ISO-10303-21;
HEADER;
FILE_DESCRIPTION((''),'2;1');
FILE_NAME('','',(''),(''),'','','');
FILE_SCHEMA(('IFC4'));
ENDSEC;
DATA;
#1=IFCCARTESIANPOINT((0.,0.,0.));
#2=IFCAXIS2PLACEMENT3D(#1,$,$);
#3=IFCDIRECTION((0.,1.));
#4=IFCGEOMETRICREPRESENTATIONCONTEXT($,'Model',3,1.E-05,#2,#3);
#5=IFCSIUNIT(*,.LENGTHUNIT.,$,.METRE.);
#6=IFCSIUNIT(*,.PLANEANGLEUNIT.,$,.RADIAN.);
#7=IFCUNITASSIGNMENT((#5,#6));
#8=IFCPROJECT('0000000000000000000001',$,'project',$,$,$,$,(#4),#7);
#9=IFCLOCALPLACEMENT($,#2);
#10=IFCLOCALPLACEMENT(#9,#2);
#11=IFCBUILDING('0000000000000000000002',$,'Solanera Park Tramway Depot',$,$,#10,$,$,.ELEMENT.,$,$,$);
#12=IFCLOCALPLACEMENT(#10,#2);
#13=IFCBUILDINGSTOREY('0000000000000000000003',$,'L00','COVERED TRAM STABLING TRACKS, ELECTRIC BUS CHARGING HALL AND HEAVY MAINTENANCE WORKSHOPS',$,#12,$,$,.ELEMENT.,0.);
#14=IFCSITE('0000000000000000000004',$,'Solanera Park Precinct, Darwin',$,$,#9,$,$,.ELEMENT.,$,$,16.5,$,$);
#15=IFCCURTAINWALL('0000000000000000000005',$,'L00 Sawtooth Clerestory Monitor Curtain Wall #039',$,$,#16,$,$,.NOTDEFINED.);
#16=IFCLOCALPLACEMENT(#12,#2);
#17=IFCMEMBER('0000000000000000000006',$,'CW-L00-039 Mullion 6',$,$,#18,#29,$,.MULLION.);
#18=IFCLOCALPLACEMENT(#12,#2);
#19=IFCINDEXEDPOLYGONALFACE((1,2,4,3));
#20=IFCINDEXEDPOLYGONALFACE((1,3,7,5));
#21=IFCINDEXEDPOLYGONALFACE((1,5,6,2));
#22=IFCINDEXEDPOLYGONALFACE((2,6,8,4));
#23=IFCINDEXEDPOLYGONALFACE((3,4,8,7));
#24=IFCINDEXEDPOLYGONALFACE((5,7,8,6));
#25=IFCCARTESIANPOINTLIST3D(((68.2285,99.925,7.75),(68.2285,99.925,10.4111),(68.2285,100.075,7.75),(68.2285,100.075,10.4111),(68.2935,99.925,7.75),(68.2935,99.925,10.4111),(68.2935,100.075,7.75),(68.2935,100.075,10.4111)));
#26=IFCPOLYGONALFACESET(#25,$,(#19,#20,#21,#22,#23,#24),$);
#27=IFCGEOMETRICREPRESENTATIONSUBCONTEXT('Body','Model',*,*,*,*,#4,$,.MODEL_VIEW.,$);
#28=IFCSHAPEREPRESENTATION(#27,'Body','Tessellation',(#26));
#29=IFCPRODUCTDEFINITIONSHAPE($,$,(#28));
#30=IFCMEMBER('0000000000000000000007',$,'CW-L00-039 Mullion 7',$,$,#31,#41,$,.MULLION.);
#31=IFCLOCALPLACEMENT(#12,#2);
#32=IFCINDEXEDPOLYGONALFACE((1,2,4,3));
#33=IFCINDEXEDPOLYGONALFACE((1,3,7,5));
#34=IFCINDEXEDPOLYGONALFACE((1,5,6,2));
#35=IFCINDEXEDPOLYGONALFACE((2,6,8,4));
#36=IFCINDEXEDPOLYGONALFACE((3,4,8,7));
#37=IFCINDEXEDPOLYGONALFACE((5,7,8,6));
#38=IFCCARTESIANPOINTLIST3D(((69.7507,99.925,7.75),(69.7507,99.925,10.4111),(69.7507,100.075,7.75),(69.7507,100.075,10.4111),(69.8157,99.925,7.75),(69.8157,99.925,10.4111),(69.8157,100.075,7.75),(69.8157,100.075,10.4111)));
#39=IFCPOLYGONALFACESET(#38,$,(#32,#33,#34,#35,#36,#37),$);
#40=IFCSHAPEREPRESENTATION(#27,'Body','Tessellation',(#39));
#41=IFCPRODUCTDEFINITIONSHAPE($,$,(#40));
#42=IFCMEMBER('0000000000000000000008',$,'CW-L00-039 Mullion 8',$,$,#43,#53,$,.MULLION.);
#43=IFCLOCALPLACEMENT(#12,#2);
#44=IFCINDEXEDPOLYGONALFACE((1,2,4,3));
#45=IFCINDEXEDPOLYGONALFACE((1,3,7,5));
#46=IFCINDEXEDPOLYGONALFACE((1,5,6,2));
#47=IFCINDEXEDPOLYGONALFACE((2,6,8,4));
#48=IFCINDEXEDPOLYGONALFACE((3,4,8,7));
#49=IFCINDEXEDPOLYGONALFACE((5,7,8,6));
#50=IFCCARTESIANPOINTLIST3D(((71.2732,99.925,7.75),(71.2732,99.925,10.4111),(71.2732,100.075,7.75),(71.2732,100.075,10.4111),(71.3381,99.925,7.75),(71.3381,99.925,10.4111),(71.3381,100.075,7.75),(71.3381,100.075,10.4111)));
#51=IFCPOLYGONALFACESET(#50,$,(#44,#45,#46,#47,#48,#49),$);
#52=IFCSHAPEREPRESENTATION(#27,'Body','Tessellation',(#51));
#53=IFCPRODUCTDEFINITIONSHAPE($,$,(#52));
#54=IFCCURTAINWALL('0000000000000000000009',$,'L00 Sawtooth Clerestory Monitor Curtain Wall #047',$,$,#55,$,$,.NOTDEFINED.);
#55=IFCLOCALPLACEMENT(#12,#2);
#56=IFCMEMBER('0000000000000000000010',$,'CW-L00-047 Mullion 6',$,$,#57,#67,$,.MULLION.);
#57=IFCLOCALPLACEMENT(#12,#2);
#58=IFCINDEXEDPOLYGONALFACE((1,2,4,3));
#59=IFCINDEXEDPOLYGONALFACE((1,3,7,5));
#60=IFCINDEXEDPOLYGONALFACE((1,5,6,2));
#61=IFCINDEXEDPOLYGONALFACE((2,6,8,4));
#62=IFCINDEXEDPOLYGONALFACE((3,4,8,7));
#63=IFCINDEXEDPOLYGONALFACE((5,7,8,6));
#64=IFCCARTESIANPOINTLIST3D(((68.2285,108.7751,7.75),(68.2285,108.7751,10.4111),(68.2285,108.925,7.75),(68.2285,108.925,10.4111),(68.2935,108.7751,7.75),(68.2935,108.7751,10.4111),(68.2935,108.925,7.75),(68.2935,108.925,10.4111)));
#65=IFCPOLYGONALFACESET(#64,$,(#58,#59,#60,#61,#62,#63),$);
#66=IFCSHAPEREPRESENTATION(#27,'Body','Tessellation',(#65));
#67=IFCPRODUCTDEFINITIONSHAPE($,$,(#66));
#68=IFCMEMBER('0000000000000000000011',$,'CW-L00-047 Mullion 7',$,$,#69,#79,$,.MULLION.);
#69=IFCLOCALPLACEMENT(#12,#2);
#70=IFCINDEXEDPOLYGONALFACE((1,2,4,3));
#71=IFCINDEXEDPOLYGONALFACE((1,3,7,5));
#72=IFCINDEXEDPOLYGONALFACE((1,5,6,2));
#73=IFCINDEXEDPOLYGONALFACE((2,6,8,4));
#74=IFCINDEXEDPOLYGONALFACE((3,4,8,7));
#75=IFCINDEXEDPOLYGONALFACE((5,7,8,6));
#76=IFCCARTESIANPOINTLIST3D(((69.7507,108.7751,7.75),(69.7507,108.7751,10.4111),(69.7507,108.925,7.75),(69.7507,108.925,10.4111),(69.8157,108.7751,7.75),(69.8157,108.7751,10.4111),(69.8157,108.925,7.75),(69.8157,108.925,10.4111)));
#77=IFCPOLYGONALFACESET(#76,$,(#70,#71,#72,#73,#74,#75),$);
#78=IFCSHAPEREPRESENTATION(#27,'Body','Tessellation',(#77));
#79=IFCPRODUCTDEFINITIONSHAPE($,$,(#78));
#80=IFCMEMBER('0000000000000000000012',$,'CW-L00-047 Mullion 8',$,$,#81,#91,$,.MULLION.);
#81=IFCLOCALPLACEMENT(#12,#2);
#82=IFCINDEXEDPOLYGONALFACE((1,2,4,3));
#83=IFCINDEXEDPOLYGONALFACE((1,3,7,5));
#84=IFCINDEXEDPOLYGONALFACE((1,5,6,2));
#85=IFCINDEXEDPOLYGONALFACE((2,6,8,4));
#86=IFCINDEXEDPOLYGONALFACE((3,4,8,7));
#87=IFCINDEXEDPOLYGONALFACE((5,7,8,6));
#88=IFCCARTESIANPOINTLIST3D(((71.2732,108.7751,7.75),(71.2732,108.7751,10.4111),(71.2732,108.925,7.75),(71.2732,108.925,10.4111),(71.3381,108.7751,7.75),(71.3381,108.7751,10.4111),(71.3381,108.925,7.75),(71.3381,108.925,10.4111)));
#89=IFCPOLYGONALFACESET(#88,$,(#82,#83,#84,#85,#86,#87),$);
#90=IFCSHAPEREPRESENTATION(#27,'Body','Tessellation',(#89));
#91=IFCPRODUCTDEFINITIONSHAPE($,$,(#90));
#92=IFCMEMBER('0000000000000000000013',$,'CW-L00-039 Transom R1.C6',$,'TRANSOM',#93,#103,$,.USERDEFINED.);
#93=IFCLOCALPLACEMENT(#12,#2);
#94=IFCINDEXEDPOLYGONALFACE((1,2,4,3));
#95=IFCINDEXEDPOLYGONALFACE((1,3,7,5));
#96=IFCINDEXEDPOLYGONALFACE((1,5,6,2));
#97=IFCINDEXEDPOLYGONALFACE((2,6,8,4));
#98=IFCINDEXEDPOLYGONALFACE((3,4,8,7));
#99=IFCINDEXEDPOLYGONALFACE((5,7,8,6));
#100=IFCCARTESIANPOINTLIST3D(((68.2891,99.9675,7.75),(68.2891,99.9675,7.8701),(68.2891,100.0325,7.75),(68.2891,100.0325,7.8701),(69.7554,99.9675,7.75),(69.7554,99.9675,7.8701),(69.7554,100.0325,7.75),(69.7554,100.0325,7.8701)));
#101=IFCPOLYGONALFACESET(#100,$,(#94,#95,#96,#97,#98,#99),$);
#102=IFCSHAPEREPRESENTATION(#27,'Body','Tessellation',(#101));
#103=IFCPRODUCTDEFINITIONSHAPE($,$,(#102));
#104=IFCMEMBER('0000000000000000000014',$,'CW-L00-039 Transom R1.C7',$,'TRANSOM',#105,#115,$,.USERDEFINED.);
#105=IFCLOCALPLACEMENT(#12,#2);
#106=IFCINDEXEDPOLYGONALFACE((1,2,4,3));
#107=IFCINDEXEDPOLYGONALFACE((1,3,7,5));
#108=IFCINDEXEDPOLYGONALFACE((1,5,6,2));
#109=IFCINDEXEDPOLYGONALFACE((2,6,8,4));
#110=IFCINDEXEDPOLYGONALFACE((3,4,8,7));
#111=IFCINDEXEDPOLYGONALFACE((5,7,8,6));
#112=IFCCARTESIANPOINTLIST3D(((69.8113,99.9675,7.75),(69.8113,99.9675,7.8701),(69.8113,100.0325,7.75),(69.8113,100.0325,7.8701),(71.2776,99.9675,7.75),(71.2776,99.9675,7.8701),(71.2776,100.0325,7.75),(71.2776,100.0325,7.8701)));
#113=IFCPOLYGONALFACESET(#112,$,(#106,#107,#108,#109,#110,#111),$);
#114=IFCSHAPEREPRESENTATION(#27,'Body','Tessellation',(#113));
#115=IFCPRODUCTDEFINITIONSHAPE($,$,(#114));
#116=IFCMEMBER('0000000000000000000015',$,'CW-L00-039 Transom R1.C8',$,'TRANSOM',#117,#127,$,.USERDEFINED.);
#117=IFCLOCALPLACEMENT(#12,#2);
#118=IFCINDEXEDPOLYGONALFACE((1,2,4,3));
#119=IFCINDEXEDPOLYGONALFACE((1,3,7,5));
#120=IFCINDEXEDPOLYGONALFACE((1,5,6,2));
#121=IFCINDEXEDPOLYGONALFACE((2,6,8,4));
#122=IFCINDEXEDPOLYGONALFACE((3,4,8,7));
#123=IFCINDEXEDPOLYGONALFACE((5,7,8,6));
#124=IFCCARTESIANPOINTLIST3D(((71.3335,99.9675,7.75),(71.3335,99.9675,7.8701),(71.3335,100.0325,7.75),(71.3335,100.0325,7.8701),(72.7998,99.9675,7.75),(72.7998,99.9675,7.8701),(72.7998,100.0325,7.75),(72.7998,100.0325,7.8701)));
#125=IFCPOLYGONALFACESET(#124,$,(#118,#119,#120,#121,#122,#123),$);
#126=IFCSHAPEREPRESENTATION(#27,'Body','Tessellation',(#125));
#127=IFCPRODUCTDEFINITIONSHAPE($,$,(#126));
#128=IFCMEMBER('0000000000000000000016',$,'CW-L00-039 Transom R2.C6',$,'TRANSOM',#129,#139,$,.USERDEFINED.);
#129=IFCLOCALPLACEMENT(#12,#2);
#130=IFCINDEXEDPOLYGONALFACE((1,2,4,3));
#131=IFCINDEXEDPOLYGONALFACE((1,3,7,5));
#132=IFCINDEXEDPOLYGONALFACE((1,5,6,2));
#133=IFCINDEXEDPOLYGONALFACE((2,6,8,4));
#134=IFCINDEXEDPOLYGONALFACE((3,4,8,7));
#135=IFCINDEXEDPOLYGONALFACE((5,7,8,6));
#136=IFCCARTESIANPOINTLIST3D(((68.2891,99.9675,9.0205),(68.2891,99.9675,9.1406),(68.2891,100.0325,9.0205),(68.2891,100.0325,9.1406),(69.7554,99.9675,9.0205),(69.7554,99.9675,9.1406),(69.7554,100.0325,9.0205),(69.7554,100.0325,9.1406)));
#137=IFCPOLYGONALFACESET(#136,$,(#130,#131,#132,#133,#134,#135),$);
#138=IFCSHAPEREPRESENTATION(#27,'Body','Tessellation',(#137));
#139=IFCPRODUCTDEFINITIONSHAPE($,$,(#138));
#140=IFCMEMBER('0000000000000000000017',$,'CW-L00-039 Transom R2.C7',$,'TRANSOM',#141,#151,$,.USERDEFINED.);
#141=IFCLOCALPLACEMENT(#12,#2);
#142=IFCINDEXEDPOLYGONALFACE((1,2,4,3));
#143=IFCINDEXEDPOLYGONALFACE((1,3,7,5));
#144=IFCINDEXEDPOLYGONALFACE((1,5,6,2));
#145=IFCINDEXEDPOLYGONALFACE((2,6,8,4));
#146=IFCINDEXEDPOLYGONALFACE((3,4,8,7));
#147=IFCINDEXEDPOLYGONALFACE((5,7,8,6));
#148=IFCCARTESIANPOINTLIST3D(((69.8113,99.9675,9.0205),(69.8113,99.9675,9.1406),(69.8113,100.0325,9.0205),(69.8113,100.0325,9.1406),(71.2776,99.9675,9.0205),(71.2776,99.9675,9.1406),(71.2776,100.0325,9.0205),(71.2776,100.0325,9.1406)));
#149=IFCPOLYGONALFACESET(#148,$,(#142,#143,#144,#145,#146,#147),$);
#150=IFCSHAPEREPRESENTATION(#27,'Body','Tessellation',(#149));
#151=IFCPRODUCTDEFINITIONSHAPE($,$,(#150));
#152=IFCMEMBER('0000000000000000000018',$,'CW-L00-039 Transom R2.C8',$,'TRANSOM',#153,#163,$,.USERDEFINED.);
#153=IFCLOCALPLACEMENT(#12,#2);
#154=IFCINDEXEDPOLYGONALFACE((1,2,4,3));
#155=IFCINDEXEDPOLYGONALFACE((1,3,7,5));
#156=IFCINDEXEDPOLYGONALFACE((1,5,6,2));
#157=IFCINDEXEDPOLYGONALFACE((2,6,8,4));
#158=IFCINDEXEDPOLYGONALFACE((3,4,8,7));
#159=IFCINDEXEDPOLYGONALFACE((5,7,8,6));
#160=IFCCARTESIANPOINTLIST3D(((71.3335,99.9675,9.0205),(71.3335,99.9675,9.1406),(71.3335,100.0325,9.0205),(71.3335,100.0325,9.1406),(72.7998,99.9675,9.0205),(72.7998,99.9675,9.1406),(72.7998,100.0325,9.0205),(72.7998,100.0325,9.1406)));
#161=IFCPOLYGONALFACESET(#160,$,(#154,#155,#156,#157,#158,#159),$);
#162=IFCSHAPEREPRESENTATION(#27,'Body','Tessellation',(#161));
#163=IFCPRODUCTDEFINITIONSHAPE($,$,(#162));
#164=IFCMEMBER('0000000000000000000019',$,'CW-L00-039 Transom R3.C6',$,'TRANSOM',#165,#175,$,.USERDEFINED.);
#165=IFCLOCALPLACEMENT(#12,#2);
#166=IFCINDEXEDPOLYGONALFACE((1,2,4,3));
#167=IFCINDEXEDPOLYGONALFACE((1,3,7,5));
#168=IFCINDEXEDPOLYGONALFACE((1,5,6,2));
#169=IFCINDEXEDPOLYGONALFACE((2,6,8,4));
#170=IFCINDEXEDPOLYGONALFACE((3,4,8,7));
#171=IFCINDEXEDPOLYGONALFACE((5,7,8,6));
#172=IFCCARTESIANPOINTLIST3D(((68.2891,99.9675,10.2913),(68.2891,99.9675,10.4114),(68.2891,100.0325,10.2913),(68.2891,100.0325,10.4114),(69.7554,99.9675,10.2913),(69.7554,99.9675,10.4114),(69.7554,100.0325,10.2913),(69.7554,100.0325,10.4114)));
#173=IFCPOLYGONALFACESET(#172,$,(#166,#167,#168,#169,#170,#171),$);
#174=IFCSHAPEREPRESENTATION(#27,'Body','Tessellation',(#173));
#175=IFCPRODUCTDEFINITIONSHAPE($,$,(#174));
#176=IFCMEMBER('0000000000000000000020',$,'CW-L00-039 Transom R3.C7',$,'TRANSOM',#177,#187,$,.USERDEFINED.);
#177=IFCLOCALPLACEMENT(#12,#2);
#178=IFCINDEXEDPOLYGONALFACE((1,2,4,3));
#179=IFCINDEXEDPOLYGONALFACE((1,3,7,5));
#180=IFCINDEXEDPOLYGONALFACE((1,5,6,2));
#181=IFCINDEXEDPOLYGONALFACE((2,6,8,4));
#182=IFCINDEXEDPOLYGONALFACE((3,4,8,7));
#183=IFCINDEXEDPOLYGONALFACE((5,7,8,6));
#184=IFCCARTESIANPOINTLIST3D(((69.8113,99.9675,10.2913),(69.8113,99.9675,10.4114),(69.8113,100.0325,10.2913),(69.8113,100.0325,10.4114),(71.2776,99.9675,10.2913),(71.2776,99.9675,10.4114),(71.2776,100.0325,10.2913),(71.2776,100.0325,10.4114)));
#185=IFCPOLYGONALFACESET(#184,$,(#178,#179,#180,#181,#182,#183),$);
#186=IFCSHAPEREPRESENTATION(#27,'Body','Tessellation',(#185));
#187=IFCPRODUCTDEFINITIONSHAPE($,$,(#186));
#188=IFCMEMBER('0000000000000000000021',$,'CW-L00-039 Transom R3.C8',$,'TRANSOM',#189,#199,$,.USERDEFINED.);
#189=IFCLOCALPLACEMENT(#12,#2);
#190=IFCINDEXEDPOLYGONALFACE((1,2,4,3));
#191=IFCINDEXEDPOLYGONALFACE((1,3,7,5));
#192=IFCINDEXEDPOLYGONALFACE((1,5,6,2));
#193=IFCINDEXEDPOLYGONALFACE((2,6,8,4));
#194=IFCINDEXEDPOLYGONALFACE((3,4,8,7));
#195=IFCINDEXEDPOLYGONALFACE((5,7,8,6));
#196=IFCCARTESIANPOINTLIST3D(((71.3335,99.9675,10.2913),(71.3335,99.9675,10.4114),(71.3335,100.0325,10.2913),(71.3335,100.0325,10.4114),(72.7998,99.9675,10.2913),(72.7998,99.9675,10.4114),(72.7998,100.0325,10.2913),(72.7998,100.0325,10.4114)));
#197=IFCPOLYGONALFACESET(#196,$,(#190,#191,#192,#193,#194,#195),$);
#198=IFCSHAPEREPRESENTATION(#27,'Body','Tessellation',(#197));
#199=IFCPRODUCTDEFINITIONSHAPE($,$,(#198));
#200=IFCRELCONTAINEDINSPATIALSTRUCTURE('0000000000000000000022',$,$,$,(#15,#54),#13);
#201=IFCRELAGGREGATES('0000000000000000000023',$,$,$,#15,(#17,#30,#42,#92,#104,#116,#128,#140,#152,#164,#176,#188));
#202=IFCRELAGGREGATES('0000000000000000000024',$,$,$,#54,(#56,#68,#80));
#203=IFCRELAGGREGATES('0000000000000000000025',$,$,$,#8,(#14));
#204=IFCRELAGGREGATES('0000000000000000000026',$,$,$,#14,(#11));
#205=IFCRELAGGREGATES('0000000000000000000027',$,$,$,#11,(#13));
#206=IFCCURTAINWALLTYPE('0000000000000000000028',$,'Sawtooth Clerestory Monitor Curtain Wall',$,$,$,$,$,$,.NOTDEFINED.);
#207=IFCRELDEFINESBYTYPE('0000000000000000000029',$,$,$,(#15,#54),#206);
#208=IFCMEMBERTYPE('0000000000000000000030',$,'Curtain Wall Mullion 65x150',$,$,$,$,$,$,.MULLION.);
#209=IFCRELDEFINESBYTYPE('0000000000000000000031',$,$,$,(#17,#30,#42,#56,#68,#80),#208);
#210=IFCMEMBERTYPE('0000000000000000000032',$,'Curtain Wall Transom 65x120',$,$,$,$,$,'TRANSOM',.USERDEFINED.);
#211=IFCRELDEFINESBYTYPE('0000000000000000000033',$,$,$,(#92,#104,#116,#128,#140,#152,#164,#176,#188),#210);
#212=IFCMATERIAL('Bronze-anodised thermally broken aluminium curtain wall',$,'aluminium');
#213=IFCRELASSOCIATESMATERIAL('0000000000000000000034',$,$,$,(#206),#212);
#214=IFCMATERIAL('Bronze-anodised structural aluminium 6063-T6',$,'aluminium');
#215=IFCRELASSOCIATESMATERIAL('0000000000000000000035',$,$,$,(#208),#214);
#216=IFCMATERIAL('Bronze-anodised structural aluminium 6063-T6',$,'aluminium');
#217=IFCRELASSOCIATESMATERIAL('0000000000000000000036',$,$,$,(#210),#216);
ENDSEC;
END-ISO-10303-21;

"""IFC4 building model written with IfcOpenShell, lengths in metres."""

from ifc_helpers import new_model, si_unit, direction, frame, origin, origin_2d, place, context, subcontext, project, spatial, rectangle, extrude, material, material_profile, profile_set, type_object, element, aggregate, save


model = new_model("IFC4")

# Units and contexts
model_context = context("Model", 3, precision=1e-05, world=origin(), true_north=direction((0.0, 1.0)))
body_context = subcontext(model_context, "Body", "Model", "MODEL_VIEW")
ifc_project = project(units=[si_unit("LENGTHUNIT", "METRE"), si_unit("PLANEANGLEUNIT", "RADIAN")], contexts=[model_context])

# Site, building, storey
site_placement = place(None, origin())
site = spatial("IfcSite", under=ifc_project, at=site_placement, Name="Solanera Park Precinct, Darwin", CompositionType="ELEMENT", RefElevation=16.5)
building_placement = place(site_placement, origin())
building = spatial("IfcBuilding", under=site, at=building_placement, Name="Solanera Park Tramway Depot", CompositionType="ELEMENT")
storey_placement = place(building_placement, origin())
storey = spatial("IfcBuildingStorey", under=building, at=storey_placement, Name="L00", Description="COVERED TRAM STABLING TRACKS, ELECTRIC BUS CHARGING HALL AND HEAVY MAINTENANCE WORKSHOPS", CompositionType="ELEMENT", Elevation=0.0)

# Curtain walls, members
ifc_material_1 = material(Name="Bronze-anodised thermally broken aluminium curtain wall", Category="aluminium")
curtain_wall_type = type_object("IfcCurtainWallType", Name="Sawtooth Clerestory Monitor Curtain Wall", PredefinedType="NOTDEFINED", material=ifc_material_1)
curtain_wall_1_placement = place(storey_placement, origin())
curtain_wall_1 = element("IfcCurtainWall", 1, at=curtain_wall_1_placement, inside=storey, type_object=curtain_wall_type, Name="L00 Sawtooth Clerestory Monitor Curtain Wall #039", PredefinedType="NOTDEFINED")
ifc_material_2 = material(Name="Bronze-anodised structural aluminium 6063-T6", Category="aluminium")
ifc_material_profile_1 = material_profile(ifc_material_2, rectangle(XDim=0.0649, YDim=0.1499, at=origin_2d()), Name="Curtain Wall Mullion 65x150")
ifc_profile_set_1 = profile_set([ifc_material_profile_1], Name="Bronze-anodised structural aluminium 6063-T6")
member_type_1 = type_object("IfcMemberType", Name="Curtain Wall Mullion 65x150", PredefinedType="MULLION", material=ifc_profile_set_1)
member_1_placement = place(storey_placement, frame((68.261, 100.0, 7.75), z_axis=(0.0, 0.0, 1.0), x_axis=(1.0, 0.0, 0.0)))
member_1 = element("IfcMember", 2, at=member_1_placement, type_object=member_type_1, Name="CW-L00-039 Mullion 6", PredefinedType="MULLION", context=body_context, shape_type="SweptSolid", body=[
    extrude(rectangle(XDim=0.0649, YDim=0.1499, at=origin_2d()), origin(), (0.0, 0.0, 1.0), 2.6611),
])
member_2_placement = place(storey_placement, frame((69.7832, 100.0, 7.75), z_axis=(0.0, 0.0, 1.0), x_axis=(1.0, 0.0, 0.0)))
member_2 = element("IfcMember", 3, at=member_2_placement, type_object=member_type_1, Name="CW-L00-039 Mullion 7", PredefinedType="MULLION", context=body_context, shape_type="SweptSolid", body=[
    extrude(rectangle(XDim=0.0649, YDim=0.1499, at=origin_2d()), origin(), (0.0, 0.0, 1.0), 2.6611),
])
member_3_placement = place(storey_placement, frame((71.3057, 100.0, 7.75), z_axis=(0.0, 0.0, 1.0), x_axis=(1.0, 0.0, 0.0)))
member_3 = element("IfcMember", 4, at=member_3_placement, type_object=member_type_1, Name="CW-L00-039 Mullion 8", PredefinedType="MULLION", context=body_context, shape_type="SweptSolid", body=[
    extrude(rectangle(XDim=0.0649, YDim=0.1499, at=origin_2d()), origin(), (0.0, 0.0, 1.0), 2.6611),
])
curtain_wall_2_placement = place(storey_placement, origin())
curtain_wall_2 = element("IfcCurtainWall", 5, at=curtain_wall_2_placement, inside=storey, type_object=curtain_wall_type, Name="L00 Sawtooth Clerestory Monitor Curtain Wall #047", PredefinedType="NOTDEFINED")
member_4_placement = place(storey_placement, frame((68.261, 108.8501, 7.75), z_axis=(0.0, 0.0, 1.0), x_axis=(1.0, 0.0, 0.0)))
member_4 = element("IfcMember", 6, at=member_4_placement, type_object=member_type_1, Name="CW-L00-047 Mullion 6", PredefinedType="MULLION", context=body_context, shape_type="SweptSolid", body=[
    extrude(rectangle(XDim=0.0649, YDim=0.1499, at=origin_2d()), origin(), (0.0, 0.0, 1.0), 2.6611),
])
member_5_placement = place(storey_placement, frame((69.7832, 108.8501, 7.75), z_axis=(0.0, 0.0, 1.0), x_axis=(1.0, 0.0, 0.0)))
member_5 = element("IfcMember", 7, at=member_5_placement, type_object=member_type_1, Name="CW-L00-047 Mullion 7", PredefinedType="MULLION", context=body_context, shape_type="SweptSolid", body=[
    extrude(rectangle(XDim=0.0649, YDim=0.1499, at=origin_2d()), origin(), (0.0, 0.0, 1.0), 2.6611),
])
member_6_placement = place(storey_placement, frame((71.3057, 108.8501, 7.75), z_axis=(0.0, 0.0, 1.0), x_axis=(1.0, 0.0, 0.0)))
member_6 = element("IfcMember", 8, at=member_6_placement, type_object=member_type_1, Name="CW-L00-047 Mullion 8", PredefinedType="MULLION", context=body_context, shape_type="SweptSolid", body=[
    extrude(rectangle(XDim=0.0649, YDim=0.1499, at=origin_2d()), origin(), (0.0, 0.0, 1.0), 2.6611),
])

# Members
ifc_material_3 = material(Name="Bronze-anodised structural aluminium 6063-T6", Category="aluminium")
ifc_material_profile_2 = material_profile(ifc_material_3, rectangle(XDim=0.0649, YDim=0.1201, at=origin_2d()), Name="Curtain Wall Transom 65x120")
ifc_profile_set_2 = profile_set([ifc_material_profile_2], Name="Bronze-anodised structural aluminium 6063-T6")
member_type_2 = type_object("IfcMemberType", Name="Curtain Wall Transom 65x120", ElementType="TRANSOM", PredefinedType="USERDEFINED", material=ifc_profile_set_2)
member_7_placement = place(storey_placement, frame((68.2891, 100.0, 7.8101), z_axis=(1.0, 0.0, 0.0), x_axis=(0.0, 1.0, 0.0)))
member_7 = element("IfcMember", 9, at=member_7_placement, type_object=member_type_2, Name="CW-L00-039 Transom R1.C6", ObjectType="TRANSOM", PredefinedType="USERDEFINED", context=body_context, shape_type="SweptSolid", body=[
    extrude(rectangle(XDim=0.0649, YDim=0.1201, at=origin_2d()), origin(), (0.0, 0.0, 1.0), 1.4663),
])
member_8_placement = place(storey_placement, frame((69.8113, 100.0, 7.8101), z_axis=(1.0, 0.0, 0.0), x_axis=(0.0, 1.0, 0.0)))
member_8 = element("IfcMember", 10, at=member_8_placement, type_object=member_type_2, Name="CW-L00-039 Transom R1.C7", ObjectType="TRANSOM", PredefinedType="USERDEFINED", context=body_context, shape_type="SweptSolid", body=[
    extrude(rectangle(XDim=0.0649, YDim=0.1201, at=origin_2d()), origin(), (0.0, 0.0, 1.0), 1.4663),
])
member_9_placement = place(storey_placement, frame((71.3335, 100.0, 7.8101), z_axis=(1.0, 0.0, 0.0), x_axis=(0.0, 1.0, 0.0)))
member_9 = element("IfcMember", 11, at=member_9_placement, type_object=member_type_2, Name="CW-L00-039 Transom R1.C8", ObjectType="TRANSOM", PredefinedType="USERDEFINED", context=body_context, shape_type="SweptSolid", body=[
    extrude(rectangle(XDim=0.0649, YDim=0.1201, at=origin_2d()), origin(), (0.0, 0.0, 1.0), 1.4663),
])
member_10_placement = place(storey_placement, frame((68.2891, 100.0, 9.0806), z_axis=(1.0, 0.0, 0.0), x_axis=(0.0, 1.0, 0.0)))
member_10 = element("IfcMember", 12, at=member_10_placement, type_object=member_type_2, Name="CW-L00-039 Transom R2.C6", ObjectType="TRANSOM", PredefinedType="USERDEFINED", context=body_context, shape_type="SweptSolid", body=[
    extrude(rectangle(XDim=0.0649, YDim=0.1201, at=origin_2d()), origin(), (0.0, 0.0, 1.0), 1.4663),
])
member_11_placement = place(storey_placement, frame((69.8113, 100.0, 9.0806), z_axis=(1.0, 0.0, 0.0), x_axis=(0.0, 1.0, 0.0)))
member_11 = element("IfcMember", 13, at=member_11_placement, type_object=member_type_2, Name="CW-L00-039 Transom R2.C7", ObjectType="TRANSOM", PredefinedType="USERDEFINED", context=body_context, shape_type="SweptSolid", body=[
    extrude(rectangle(XDim=0.0649, YDim=0.1201, at=origin_2d()), origin(), (0.0, 0.0, 1.0), 1.4663),
])
member_12_placement = place(storey_placement, frame((71.3335, 100.0, 9.0806), z_axis=(1.0, 0.0, 0.0), x_axis=(0.0, 1.0, 0.0)))
member_12 = element("IfcMember", 14, at=member_12_placement, type_object=member_type_2, Name="CW-L00-039 Transom R2.C8", ObjectType="TRANSOM", PredefinedType="USERDEFINED", context=body_context, shape_type="SweptSolid", body=[
    extrude(rectangle(XDim=0.0649, YDim=0.1201, at=origin_2d()), origin(), (0.0, 0.0, 1.0), 1.4663),
])
member_13_placement = place(storey_placement, frame((68.2891, 100.0, 10.3513), z_axis=(1.0, 0.0, 0.0), x_axis=(0.0, 1.0, 0.0)))
member_13 = element("IfcMember", 15, at=member_13_placement, type_object=member_type_2, Name="CW-L00-039 Transom R3.C6", ObjectType="TRANSOM", PredefinedType="USERDEFINED", context=body_context, shape_type="SweptSolid", body=[
    extrude(rectangle(XDim=0.0649, YDim=0.1201, at=origin_2d()), origin(), (0.0, 0.0, 1.0), 1.4663),
])
member_14_placement = place(storey_placement, frame((69.8113, 100.0, 10.3513), z_axis=(1.0, 0.0, 0.0), x_axis=(0.0, 1.0, 0.0)))
member_14 = element("IfcMember", 16, at=member_14_placement, type_object=member_type_2, Name="CW-L00-039 Transom R3.C7", ObjectType="TRANSOM", PredefinedType="USERDEFINED", context=body_context, shape_type="SweptSolid", body=[
    extrude(rectangle(XDim=0.0649, YDim=0.1201, at=origin_2d()), origin(), (0.0, 0.0, 1.0), 1.4663),
])
member_15_placement = place(storey_placement, frame((71.3335, 100.0, 10.3513), z_axis=(1.0, 0.0, 0.0), x_axis=(0.0, 1.0, 0.0)))
member_15 = element("IfcMember", 17, at=member_15_placement, type_object=member_type_2, Name="CW-L00-039 Transom R3.C8", ObjectType="TRANSOM", PredefinedType="USERDEFINED", context=body_context, shape_type="SweptSolid", body=[
    extrude(rectangle(XDim=0.0649, YDim=0.1201, at=origin_2d()), origin(), (0.0, 0.0, 1.0), 1.4663),
])

aggregate(curtain_wall_1, [member_1, member_2, member_3, member_7, member_8, member_9, member_10, member_11, member_12, member_13, member_14, member_15])
aggregate(curtain_wall_2, [member_4, member_5, member_6])

save(model, "model.ifc")
